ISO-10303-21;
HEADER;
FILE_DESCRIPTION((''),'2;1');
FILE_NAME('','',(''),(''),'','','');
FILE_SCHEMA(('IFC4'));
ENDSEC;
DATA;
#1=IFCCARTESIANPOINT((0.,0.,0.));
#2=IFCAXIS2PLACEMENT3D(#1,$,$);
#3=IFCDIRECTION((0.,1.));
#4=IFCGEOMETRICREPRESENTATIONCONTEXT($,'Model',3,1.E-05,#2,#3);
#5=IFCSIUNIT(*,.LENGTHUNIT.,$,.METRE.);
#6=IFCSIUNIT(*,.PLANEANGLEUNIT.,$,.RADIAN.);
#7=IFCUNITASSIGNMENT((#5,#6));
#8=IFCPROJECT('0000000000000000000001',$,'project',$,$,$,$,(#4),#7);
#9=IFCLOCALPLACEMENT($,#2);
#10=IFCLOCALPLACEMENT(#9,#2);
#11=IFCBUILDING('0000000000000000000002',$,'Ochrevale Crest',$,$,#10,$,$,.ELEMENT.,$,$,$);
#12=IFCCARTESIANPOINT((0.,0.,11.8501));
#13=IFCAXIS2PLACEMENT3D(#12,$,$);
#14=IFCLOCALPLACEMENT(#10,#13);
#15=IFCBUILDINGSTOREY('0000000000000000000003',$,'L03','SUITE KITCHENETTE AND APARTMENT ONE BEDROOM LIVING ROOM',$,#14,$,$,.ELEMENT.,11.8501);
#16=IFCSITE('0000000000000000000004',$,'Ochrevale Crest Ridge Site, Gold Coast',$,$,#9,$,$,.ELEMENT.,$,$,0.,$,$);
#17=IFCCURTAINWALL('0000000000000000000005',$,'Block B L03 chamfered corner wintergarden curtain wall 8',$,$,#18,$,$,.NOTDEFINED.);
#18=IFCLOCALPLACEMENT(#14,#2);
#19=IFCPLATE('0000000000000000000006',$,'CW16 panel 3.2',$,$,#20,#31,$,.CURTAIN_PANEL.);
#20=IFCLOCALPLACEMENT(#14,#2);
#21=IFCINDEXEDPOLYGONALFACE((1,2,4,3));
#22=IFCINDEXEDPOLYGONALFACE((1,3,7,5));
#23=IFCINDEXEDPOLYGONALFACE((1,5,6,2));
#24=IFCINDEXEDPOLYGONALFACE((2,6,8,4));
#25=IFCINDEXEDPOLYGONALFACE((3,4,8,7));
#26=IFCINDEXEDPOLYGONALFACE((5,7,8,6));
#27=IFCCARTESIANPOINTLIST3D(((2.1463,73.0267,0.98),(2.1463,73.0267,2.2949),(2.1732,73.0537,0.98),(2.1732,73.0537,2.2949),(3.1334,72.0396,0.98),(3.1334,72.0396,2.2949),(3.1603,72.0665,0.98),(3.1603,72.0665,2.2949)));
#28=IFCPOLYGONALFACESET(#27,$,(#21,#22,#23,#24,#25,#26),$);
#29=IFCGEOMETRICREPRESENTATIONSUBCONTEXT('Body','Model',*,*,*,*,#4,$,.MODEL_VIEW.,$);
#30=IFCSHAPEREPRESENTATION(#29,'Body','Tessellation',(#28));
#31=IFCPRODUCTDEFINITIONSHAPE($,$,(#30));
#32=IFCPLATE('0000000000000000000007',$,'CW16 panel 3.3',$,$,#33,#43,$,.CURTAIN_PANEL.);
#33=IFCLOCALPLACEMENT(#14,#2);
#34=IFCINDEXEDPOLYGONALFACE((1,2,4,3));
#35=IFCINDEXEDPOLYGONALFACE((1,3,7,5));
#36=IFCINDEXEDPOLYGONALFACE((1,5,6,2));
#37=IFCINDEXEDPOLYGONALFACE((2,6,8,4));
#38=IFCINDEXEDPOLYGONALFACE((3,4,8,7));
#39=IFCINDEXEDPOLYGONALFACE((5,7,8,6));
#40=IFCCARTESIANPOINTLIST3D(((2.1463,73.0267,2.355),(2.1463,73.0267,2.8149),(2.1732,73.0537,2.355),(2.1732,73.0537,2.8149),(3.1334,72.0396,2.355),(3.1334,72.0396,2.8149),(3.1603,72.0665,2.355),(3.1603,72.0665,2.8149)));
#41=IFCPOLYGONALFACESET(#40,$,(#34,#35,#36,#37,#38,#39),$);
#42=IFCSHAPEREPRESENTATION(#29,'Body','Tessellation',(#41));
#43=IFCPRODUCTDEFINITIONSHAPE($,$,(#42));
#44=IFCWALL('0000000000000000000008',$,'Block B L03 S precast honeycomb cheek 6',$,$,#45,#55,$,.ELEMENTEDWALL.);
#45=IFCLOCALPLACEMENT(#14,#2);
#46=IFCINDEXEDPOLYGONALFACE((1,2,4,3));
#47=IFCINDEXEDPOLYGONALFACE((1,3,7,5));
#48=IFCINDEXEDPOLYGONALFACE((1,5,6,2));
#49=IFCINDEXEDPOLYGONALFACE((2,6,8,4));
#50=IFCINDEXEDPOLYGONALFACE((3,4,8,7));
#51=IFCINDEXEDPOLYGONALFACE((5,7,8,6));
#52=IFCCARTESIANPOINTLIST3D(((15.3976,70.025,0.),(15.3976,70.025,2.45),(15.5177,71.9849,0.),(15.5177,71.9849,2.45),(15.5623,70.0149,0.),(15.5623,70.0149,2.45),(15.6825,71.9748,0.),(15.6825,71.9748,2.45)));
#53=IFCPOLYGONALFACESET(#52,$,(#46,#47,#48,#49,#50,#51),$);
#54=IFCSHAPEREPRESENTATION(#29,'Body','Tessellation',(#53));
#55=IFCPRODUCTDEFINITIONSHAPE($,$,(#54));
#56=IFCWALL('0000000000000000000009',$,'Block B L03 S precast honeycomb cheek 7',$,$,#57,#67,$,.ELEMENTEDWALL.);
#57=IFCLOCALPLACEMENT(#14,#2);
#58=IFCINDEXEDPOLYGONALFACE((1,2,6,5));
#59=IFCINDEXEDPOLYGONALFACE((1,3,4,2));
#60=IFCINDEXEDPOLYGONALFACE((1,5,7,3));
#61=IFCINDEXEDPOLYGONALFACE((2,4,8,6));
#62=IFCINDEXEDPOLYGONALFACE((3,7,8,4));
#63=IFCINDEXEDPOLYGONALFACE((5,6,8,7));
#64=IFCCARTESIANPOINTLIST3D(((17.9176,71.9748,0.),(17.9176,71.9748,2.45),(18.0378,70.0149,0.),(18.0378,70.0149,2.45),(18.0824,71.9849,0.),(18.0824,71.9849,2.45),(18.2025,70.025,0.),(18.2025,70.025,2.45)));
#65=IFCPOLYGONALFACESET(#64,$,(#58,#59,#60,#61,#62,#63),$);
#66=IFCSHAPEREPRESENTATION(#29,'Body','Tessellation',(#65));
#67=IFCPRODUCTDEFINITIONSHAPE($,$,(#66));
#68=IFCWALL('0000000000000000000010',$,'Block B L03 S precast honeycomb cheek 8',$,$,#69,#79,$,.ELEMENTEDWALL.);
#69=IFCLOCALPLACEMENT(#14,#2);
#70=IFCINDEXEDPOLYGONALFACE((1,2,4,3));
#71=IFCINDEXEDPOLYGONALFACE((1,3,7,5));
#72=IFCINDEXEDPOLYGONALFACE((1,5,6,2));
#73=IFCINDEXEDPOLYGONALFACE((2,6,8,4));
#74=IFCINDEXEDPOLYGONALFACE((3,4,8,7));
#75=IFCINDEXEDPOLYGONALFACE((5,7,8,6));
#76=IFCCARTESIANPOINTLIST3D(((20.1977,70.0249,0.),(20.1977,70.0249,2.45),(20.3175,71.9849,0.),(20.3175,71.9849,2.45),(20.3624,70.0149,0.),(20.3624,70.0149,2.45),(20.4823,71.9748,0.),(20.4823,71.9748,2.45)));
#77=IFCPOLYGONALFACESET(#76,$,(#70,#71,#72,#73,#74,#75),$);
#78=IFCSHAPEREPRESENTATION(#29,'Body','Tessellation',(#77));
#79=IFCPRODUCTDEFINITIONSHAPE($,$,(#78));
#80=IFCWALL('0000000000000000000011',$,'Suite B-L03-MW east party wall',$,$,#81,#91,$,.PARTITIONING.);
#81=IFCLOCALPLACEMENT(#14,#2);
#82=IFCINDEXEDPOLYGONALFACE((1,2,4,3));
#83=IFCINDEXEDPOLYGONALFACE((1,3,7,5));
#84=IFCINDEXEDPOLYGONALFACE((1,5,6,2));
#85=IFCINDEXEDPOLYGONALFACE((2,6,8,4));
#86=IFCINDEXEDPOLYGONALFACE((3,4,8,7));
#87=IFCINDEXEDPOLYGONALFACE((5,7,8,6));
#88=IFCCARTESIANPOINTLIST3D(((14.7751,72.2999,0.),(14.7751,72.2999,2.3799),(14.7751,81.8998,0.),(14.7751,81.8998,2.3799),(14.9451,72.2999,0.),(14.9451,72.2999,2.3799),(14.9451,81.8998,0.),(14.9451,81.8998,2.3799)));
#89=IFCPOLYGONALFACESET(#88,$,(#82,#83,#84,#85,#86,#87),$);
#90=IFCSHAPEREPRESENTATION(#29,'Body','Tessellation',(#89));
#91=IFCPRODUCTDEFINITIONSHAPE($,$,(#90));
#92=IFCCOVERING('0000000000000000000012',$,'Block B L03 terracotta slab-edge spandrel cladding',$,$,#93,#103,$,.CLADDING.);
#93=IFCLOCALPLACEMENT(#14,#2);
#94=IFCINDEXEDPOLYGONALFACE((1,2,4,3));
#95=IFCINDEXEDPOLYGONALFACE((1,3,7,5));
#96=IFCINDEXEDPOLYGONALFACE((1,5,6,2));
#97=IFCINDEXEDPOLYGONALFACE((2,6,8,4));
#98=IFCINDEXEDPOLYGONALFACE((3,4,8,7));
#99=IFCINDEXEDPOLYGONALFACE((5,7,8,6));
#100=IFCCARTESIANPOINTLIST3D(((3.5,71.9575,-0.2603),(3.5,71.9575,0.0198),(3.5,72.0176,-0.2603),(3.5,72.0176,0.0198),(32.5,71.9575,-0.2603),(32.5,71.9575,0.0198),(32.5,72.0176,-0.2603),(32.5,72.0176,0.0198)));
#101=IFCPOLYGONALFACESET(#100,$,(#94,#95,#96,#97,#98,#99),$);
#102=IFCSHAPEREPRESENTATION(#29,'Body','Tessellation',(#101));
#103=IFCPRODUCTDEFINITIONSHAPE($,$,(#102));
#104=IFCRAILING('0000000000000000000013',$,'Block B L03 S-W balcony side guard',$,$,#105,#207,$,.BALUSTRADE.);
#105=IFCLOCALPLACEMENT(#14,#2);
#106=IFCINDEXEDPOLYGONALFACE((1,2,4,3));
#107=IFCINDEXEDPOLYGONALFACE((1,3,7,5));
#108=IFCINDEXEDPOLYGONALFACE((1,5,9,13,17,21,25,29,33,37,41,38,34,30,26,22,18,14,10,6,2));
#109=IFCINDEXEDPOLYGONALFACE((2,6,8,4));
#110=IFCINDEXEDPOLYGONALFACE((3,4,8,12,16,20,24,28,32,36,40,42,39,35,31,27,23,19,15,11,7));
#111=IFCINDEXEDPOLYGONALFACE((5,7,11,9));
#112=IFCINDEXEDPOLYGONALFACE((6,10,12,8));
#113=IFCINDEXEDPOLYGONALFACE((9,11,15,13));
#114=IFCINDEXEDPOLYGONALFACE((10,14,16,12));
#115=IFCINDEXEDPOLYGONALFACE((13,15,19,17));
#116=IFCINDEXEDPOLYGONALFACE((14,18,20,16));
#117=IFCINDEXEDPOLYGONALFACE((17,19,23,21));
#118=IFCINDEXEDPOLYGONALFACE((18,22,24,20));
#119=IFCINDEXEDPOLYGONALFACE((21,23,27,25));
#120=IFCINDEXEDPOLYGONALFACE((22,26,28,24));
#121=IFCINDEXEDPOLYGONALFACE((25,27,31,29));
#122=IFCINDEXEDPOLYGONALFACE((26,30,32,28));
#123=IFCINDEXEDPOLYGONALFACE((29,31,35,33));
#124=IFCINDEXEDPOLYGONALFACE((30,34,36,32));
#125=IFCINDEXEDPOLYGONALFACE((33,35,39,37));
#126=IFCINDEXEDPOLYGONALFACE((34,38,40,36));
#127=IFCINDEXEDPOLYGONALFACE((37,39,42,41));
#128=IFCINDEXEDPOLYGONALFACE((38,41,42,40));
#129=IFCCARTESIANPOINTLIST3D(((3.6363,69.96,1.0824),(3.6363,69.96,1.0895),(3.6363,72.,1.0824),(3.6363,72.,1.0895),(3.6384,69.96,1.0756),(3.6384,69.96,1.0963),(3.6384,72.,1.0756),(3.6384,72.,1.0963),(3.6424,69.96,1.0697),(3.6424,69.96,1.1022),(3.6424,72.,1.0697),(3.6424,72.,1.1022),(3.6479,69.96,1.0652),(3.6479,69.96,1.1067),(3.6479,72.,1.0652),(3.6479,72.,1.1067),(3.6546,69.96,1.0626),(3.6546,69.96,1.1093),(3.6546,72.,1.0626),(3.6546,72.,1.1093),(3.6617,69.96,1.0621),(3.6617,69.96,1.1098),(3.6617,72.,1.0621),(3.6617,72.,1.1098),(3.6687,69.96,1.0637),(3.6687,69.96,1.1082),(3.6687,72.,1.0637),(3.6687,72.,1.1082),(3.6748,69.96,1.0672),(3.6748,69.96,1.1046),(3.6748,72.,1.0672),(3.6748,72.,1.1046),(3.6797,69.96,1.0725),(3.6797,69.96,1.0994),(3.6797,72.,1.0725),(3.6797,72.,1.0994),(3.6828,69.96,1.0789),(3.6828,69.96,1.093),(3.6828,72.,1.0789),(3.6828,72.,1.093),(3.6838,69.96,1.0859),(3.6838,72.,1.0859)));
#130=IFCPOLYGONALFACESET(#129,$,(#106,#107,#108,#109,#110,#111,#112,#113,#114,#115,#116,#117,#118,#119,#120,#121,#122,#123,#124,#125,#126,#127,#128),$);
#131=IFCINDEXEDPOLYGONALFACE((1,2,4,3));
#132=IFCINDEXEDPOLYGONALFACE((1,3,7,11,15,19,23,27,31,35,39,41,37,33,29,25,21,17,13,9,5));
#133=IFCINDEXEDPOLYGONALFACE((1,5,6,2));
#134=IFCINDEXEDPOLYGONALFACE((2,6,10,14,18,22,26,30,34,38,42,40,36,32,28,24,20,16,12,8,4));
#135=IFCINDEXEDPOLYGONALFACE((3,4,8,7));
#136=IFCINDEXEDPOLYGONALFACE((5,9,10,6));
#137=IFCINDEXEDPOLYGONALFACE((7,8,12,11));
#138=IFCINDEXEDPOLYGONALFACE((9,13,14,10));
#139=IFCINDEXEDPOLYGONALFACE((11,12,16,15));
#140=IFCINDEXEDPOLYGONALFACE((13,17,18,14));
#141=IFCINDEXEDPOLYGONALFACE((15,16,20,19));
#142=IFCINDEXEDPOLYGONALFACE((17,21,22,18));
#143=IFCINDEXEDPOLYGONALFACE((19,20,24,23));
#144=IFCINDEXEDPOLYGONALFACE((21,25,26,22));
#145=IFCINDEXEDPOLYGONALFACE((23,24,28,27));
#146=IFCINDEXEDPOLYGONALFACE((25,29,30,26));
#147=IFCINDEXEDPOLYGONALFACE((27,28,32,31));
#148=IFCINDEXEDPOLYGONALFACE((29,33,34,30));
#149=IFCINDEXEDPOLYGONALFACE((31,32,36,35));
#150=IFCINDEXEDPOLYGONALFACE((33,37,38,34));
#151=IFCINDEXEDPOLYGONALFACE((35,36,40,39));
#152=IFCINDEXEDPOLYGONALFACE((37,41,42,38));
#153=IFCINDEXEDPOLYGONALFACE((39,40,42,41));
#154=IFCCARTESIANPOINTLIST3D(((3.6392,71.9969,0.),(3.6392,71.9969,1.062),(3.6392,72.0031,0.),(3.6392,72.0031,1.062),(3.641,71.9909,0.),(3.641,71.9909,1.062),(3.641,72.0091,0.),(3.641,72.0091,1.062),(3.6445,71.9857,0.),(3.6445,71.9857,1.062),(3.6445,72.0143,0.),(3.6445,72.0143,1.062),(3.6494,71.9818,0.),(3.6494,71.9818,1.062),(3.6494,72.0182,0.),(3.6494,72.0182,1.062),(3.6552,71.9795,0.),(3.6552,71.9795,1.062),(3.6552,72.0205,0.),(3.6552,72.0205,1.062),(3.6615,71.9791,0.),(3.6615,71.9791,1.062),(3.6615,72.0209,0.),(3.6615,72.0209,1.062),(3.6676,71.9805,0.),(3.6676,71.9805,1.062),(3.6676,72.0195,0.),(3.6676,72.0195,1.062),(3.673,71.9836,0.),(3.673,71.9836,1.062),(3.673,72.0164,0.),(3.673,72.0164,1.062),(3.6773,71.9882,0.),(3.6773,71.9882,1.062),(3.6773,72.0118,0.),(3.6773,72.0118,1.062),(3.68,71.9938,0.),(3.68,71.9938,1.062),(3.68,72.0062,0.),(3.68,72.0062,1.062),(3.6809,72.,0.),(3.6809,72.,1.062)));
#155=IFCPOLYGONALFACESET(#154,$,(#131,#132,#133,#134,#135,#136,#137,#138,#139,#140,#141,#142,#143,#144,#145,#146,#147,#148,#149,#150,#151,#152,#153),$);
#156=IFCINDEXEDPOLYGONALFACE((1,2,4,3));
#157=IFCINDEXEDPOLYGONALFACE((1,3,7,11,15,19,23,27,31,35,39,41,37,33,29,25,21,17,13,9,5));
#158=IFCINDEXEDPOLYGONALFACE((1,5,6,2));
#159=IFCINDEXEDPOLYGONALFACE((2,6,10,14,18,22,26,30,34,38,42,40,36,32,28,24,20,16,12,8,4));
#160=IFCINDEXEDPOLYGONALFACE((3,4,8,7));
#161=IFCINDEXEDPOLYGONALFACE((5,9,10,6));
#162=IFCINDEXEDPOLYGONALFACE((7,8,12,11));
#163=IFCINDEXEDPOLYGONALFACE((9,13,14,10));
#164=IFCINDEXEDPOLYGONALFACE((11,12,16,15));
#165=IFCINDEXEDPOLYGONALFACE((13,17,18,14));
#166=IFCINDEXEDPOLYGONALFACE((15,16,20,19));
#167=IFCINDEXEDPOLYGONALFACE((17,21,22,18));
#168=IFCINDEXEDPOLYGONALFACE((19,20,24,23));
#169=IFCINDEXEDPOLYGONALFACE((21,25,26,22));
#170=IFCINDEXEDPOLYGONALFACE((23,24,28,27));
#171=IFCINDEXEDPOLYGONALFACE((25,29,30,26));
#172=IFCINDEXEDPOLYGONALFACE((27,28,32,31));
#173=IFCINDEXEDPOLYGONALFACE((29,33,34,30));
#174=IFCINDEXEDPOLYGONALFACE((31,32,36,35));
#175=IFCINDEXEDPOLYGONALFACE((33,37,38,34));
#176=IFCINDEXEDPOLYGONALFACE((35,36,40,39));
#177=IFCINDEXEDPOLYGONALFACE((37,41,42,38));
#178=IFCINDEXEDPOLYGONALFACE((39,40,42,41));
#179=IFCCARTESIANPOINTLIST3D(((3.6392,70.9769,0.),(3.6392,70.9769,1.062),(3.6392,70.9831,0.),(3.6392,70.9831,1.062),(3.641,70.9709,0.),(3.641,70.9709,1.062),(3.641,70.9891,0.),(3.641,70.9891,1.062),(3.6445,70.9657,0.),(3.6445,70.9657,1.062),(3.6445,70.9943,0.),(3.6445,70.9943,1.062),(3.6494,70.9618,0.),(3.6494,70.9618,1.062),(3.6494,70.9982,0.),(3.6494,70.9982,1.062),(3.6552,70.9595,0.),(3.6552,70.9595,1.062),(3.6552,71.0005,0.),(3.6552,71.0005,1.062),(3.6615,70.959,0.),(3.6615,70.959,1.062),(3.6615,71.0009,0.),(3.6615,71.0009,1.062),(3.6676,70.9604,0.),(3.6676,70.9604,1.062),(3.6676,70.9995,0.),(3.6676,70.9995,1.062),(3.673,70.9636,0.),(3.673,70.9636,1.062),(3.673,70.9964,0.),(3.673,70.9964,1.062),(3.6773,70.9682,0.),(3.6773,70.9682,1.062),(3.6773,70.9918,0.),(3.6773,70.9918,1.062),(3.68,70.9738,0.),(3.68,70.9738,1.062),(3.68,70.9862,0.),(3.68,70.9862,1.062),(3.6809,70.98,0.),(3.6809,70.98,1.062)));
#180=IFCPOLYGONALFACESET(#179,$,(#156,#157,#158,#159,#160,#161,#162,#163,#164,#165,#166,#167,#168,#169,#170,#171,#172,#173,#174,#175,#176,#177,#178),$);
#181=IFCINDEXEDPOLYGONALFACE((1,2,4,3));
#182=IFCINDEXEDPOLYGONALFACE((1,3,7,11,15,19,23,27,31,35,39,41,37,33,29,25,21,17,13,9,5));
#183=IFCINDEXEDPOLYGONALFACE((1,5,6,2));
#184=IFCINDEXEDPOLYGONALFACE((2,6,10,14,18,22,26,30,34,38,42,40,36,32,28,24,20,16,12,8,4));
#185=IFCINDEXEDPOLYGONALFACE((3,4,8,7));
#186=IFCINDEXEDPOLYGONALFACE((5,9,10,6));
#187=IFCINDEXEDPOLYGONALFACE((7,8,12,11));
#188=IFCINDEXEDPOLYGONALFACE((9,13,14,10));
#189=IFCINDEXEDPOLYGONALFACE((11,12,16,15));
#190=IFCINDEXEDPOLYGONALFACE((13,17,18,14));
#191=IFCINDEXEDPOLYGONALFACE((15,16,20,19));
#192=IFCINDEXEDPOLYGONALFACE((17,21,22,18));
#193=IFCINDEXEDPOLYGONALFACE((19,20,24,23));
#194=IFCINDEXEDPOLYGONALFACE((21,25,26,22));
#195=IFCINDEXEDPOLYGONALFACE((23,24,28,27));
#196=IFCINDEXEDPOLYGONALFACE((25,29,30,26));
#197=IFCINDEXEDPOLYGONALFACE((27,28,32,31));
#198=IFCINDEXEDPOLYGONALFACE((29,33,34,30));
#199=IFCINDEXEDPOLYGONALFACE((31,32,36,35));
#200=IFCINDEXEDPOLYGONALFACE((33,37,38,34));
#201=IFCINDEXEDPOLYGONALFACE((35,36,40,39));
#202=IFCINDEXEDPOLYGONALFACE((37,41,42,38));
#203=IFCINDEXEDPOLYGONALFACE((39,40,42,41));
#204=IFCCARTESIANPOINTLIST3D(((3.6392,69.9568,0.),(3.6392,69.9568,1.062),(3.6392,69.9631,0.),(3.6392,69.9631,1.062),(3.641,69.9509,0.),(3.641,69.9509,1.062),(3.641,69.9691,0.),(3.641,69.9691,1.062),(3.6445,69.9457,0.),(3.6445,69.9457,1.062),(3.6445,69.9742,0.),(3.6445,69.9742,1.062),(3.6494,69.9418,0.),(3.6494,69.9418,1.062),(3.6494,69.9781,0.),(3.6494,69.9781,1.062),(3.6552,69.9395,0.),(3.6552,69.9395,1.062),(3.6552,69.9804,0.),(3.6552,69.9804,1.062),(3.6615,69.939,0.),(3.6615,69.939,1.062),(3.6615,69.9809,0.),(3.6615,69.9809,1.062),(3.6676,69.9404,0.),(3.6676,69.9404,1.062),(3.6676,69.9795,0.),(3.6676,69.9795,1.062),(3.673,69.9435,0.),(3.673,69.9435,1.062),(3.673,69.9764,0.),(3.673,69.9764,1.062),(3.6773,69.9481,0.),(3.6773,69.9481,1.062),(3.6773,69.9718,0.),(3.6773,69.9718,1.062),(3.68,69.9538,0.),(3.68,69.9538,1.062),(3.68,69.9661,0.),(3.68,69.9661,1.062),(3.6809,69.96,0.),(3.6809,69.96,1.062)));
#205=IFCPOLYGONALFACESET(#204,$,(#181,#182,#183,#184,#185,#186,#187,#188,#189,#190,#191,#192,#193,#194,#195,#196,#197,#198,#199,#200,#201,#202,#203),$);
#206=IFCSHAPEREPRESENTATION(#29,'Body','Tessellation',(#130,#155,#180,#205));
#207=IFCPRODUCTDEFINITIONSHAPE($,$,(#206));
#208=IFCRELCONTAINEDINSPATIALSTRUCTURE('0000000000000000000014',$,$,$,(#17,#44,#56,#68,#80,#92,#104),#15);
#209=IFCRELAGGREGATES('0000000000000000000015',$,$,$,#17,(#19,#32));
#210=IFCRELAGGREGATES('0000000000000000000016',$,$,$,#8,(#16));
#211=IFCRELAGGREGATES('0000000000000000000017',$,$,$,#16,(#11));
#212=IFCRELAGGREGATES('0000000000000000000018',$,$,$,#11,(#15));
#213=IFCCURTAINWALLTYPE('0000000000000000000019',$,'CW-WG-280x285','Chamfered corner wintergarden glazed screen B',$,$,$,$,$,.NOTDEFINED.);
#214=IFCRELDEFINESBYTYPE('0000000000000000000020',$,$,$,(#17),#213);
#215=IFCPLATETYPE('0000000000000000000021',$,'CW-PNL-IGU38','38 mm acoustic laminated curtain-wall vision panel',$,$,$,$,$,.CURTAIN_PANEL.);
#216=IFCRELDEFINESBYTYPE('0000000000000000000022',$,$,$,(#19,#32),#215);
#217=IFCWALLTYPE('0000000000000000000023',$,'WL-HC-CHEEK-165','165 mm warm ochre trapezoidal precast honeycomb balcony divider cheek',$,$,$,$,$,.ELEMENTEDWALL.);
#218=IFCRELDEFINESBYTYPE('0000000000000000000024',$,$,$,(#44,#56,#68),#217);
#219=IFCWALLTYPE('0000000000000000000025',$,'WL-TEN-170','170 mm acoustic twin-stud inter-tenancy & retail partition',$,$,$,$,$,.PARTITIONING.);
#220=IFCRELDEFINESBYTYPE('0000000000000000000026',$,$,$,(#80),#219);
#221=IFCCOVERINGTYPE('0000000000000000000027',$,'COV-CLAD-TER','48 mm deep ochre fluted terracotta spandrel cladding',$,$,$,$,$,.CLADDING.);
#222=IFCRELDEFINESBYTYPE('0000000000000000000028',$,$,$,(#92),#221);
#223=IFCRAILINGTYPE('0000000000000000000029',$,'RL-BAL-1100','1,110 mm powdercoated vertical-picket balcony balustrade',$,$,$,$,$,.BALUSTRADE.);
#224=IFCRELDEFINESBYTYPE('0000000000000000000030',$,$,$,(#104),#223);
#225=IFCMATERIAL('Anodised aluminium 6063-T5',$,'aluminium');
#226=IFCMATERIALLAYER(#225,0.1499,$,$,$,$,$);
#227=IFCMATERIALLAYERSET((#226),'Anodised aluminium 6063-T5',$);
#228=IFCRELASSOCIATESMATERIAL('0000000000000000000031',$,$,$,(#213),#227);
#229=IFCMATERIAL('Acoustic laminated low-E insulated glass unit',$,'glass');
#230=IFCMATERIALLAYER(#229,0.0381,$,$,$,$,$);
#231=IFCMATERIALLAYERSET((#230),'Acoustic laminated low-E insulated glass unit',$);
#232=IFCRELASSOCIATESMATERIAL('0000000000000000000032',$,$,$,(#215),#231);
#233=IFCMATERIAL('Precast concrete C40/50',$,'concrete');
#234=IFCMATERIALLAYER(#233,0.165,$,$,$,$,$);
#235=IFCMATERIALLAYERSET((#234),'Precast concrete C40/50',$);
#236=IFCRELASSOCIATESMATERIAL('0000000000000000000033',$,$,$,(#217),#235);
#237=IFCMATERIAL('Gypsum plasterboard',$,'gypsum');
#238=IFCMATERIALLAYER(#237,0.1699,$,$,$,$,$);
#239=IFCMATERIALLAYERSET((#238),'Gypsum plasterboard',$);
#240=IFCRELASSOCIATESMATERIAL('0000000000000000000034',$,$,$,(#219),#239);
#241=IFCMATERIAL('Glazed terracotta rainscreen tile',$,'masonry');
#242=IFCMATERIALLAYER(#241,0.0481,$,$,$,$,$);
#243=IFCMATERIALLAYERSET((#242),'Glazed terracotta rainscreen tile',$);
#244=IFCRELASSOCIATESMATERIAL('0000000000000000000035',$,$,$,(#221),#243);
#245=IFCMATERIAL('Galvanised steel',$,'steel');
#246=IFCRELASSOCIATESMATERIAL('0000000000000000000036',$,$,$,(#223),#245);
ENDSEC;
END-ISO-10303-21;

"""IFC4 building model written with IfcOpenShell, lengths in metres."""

from ifc_helpers import new_model, si_unit, direction, frame, frame_2d, origin, origin_2d, place, context, subcontext, project, spatial, rectangle, circle, extrude, material, layer, layer_set, type_object, element, aggregate, save


model = new_model("IFC4")

# Units and contexts
model_context = context("Model", 3, precision=1e-05, world=origin(), true_north=direction((0.0, 1.0)))
body_context = subcontext(model_context, "Body", "Model", "MODEL_VIEW")
ifc_project = project(units=[si_unit("LENGTHUNIT", "METRE"), si_unit("PLANEANGLEUNIT", "RADIAN")], contexts=[model_context])

# Site, building, storey
site_placement = place(None, origin())
site = spatial("IfcSite", under=ifc_project, at=site_placement, Name="Ochrevale Crest Ridge Site, Gold Coast", CompositionType="ELEMENT", RefElevation=0.0)
building_placement = place(site_placement, origin())
building = spatial("IfcBuilding", under=site, at=building_placement, Name="Ochrevale Crest", CompositionType="ELEMENT")
storey_placement = place(building_placement, frame((0.0, 0.0, 11.8501)))
storey = spatial("IfcBuildingStorey", under=building, at=storey_placement, Name="L03", Description="SUITE KITCHENETTE AND APARTMENT ONE BEDROOM LIVING ROOM", CompositionType="ELEMENT", Elevation=11.8501)

# Shared definitions
ifc_material_1 = material(Name="Precast concrete C40/50", Category="concrete")

# Curtain wall, plates
ifc_material_2 = material(Name="Anodised aluminium 6063-T5", Category="aluminium")
ifc_layer_1 = layer(ifc_material_2, 0.1499)
ifc_layer_set_1 = layer_set([ifc_layer_1], Name="Anodised aluminium 6063-T5")
curtain_wall_type = type_object("IfcCurtainWallType", Name="CW-WG-280x285", Description="Chamfered corner wintergarden glazed screen B", PredefinedType="NOTDEFINED", material=ifc_layer_set_1)
curtain_wall_placement = place(storey_placement, origin())
curtain_wall = element("IfcCurtainWall", 1, at=curtain_wall_placement, inside=storey, type_object=curtain_wall_type, Name="Block B L03 chamfered corner wintergarden curtain wall 8", PredefinedType="NOTDEFINED")
ifc_material_3 = material(Name="Acoustic laminated low-E insulated glass unit", Category="glass")
ifc_layer_2 = layer(ifc_material_3, 0.0381)
ifc_layer_set_2 = layer_set([ifc_layer_2], Name="Acoustic laminated low-E insulated glass unit")
plate_type = type_object("IfcPlateType", Name="CW-PNL-IGU38", Description="38 mm acoustic laminated curtain-wall vision panel", PredefinedType="CURTAIN_PANEL", material=ifc_layer_set_2)
plate_1_placement = place(storey_placement, frame((2.6533, 72.5466, 0.98), z_axis=(0.0, 0.0, 1.0), x_axis=(0.707107, -0.707107, 0.0)))
plate_1 = element("IfcPlate", 2, at=plate_1_placement, type_object=plate_type, Name="CW16 panel 3.2", PredefinedType="CURTAIN_PANEL", context=body_context, shape_type="SweptSolid", body=[
    extrude(rectangle(XDim=1.396, YDim=0.0381, at=origin_2d()), origin(), (0.0, 0.0, 1.0), 1.3149),
])
plate_2_placement = place(storey_placement, frame((2.6533, 72.5466, 2.355), z_axis=(0.0, 0.0, 1.0), x_axis=(0.707107, -0.707107, 0.0)))
plate_2 = element("IfcPlate", 3, at=plate_2_placement, type_object=plate_type, Name="CW16 panel 3.3", PredefinedType="CURTAIN_PANEL", context=body_context, shape_type="SweptSolid", body=[
    extrude(rectangle(XDim=1.396, YDim=0.0381, at=origin_2d()), origin(), (0.0, 0.0, 1.0), 0.46),
])
aggregate(curtain_wall, [plate_1, plate_2])

# Walls
ifc_layer_3 = layer(ifc_material_1, 0.165)
ifc_layer_set_3 = layer_set([ifc_layer_3], Name="Precast concrete C40/50")
wall_type_1 = type_object("IfcWallType", Name="WL-HC-CHEEK-165", Description="165 mm warm ochre trapezoidal precast honeycomb balcony divider cheek", PredefinedType="ELEMENTEDWALL", material=ifc_layer_set_3)
for number, where, z_axis, x_axis, name in (
    (4, (15.6001, 71.98, 0.0), (0.0, 0.0, 1.0), (-0.061171, -0.998127, 0.0), "Block B L03 S precast honeycomb cheek 6"),
    (5, (18.0, 71.98, 0.0), (0.0, 0.0, 1.0), (0.061171, -0.998127, 0.0), "Block B L03 S precast honeycomb cheek 7"),
    (6, (20.3999, 71.98, 0.0), (0.0, 0.0, 1.0), (-0.061047, -0.998135, 0.0), "Block B L03 S precast honeycomb cheek 8"),
):
    element("IfcWall", number, at=place(storey_placement, frame(where, z_axis=z_axis, x_axis=x_axis)), inside=storey, type_object=wall_type_1, Name=name, PredefinedType="ELEMENTEDWALL", context=body_context, shape_type="SweptSolid", body=[
        extrude(rectangle(XDim=1.9636, YDim=0.165, at=frame_2d((0.9819, 0.0))), origin(), (0.0, 0.0, 1.0), 2.45),
    ])
ifc_material_4 = material(Name="Gypsum plasterboard", Category="gypsum")
ifc_layer_4 = layer(ifc_material_4, 0.1699)
ifc_layer_set_4 = layer_set([ifc_layer_4], Name="Gypsum plasterboard")
wall_type_2 = type_object("IfcWallType", Name="WL-TEN-170", Description="170 mm acoustic twin-stud inter-tenancy & retail partition", PredefinedType="PARTITIONING", material=ifc_layer_set_4)
wall_1_placement = place(storey_placement, frame((14.8601, 72.3, 0.0), z_axis=(0.0, 0.0, 1.0), x_axis=(0.0, 1.0, 0.0)))
element("IfcWall", 7, at=wall_1_placement, inside=storey, type_object=wall_type_2, Name="Suite B-L03-MW east party wall", PredefinedType="PARTITIONING", context=body_context, shape_type="SweptSolid", body=[
    extrude(rectangle(XDim=9.5999, YDim=0.1699, at=frame_2d((4.7998, 0.0))), origin(), (0.0, 0.0, 1.0), 2.3799),
])

# Covering
ifc_material_5 = material(Name="Glazed terracotta rainscreen tile", Category="masonry")
ifc_layer_5 = layer(ifc_material_5, 0.0481)
ifc_layer_set_5 = layer_set([ifc_layer_5], Name="Glazed terracotta rainscreen tile")
covering_type = type_object("IfcCoveringType", Name="COV-CLAD-TER", Description="48 mm deep ochre fluted terracotta spandrel cladding", PredefinedType="CLADDING", material=ifc_layer_set_5)
covering_placement = place(storey_placement, frame((18.0, 71.9875, -0.2603), z_axis=(0.0, 0.0, 1.0), x_axis=(1.0, 0.0, 0.0)))
element("IfcCovering", 8, at=covering_placement, inside=storey, type_object=covering_type, Name="Block B L03 terracotta slab-edge spandrel cladding", PredefinedType="CLADDING", context=body_context, shape_type="SweptSolid", body=[
    extrude(rectangle(XDim=29.0, YDim=0.0601, at=origin_2d()), origin(), (0.0, 0.0, 1.0), 0.28),
])

# Railing
ifc_material_6 = material(Name="Galvanised steel", Category="steel")
railing_type = type_object("IfcRailingType", Name="RL-BAL-1100", Description="1,110 mm powdercoated vertical-picket balcony balustrade", PredefinedType="BALUSTRADE", material=ifc_material_6)
railing_placement = place(storey_placement, frame((3.6599, 72.0, 0.0)))
element("IfcRailing", 9, at=railing_placement, inside=storey, type_object=railing_type, Name="Block B L03 S-W balcony side guard", PredefinedType="BALUSTRADE", context=body_context, shape_type="SweptSolid", body=[
    extrude(circle(Radius=0.0239, at=origin_2d()), frame((0.0, 0.0, 1.0859), z_axis=(0.0, -1.0, 0.0), x_axis=(1.0, 0.0, 0.0)), (0.0, 0.0, 1.0), 2.04),
    extrude(circle(Radius=0.021, at=origin_2d()), origin(), (0.0, 0.0, 1.0), 1.062),
    extrude(circle(Radius=0.021, at=origin_2d()), frame((0.0, -1.02, 0.0)), (0.0, 0.0, 1.0), 1.062),
    extrude(circle(Radius=0.021, at=origin_2d()), frame((0.0, -2.04, 0.0)), (0.0, 0.0, 1.0), 1.062),
])

save(model, "model.ifc")
